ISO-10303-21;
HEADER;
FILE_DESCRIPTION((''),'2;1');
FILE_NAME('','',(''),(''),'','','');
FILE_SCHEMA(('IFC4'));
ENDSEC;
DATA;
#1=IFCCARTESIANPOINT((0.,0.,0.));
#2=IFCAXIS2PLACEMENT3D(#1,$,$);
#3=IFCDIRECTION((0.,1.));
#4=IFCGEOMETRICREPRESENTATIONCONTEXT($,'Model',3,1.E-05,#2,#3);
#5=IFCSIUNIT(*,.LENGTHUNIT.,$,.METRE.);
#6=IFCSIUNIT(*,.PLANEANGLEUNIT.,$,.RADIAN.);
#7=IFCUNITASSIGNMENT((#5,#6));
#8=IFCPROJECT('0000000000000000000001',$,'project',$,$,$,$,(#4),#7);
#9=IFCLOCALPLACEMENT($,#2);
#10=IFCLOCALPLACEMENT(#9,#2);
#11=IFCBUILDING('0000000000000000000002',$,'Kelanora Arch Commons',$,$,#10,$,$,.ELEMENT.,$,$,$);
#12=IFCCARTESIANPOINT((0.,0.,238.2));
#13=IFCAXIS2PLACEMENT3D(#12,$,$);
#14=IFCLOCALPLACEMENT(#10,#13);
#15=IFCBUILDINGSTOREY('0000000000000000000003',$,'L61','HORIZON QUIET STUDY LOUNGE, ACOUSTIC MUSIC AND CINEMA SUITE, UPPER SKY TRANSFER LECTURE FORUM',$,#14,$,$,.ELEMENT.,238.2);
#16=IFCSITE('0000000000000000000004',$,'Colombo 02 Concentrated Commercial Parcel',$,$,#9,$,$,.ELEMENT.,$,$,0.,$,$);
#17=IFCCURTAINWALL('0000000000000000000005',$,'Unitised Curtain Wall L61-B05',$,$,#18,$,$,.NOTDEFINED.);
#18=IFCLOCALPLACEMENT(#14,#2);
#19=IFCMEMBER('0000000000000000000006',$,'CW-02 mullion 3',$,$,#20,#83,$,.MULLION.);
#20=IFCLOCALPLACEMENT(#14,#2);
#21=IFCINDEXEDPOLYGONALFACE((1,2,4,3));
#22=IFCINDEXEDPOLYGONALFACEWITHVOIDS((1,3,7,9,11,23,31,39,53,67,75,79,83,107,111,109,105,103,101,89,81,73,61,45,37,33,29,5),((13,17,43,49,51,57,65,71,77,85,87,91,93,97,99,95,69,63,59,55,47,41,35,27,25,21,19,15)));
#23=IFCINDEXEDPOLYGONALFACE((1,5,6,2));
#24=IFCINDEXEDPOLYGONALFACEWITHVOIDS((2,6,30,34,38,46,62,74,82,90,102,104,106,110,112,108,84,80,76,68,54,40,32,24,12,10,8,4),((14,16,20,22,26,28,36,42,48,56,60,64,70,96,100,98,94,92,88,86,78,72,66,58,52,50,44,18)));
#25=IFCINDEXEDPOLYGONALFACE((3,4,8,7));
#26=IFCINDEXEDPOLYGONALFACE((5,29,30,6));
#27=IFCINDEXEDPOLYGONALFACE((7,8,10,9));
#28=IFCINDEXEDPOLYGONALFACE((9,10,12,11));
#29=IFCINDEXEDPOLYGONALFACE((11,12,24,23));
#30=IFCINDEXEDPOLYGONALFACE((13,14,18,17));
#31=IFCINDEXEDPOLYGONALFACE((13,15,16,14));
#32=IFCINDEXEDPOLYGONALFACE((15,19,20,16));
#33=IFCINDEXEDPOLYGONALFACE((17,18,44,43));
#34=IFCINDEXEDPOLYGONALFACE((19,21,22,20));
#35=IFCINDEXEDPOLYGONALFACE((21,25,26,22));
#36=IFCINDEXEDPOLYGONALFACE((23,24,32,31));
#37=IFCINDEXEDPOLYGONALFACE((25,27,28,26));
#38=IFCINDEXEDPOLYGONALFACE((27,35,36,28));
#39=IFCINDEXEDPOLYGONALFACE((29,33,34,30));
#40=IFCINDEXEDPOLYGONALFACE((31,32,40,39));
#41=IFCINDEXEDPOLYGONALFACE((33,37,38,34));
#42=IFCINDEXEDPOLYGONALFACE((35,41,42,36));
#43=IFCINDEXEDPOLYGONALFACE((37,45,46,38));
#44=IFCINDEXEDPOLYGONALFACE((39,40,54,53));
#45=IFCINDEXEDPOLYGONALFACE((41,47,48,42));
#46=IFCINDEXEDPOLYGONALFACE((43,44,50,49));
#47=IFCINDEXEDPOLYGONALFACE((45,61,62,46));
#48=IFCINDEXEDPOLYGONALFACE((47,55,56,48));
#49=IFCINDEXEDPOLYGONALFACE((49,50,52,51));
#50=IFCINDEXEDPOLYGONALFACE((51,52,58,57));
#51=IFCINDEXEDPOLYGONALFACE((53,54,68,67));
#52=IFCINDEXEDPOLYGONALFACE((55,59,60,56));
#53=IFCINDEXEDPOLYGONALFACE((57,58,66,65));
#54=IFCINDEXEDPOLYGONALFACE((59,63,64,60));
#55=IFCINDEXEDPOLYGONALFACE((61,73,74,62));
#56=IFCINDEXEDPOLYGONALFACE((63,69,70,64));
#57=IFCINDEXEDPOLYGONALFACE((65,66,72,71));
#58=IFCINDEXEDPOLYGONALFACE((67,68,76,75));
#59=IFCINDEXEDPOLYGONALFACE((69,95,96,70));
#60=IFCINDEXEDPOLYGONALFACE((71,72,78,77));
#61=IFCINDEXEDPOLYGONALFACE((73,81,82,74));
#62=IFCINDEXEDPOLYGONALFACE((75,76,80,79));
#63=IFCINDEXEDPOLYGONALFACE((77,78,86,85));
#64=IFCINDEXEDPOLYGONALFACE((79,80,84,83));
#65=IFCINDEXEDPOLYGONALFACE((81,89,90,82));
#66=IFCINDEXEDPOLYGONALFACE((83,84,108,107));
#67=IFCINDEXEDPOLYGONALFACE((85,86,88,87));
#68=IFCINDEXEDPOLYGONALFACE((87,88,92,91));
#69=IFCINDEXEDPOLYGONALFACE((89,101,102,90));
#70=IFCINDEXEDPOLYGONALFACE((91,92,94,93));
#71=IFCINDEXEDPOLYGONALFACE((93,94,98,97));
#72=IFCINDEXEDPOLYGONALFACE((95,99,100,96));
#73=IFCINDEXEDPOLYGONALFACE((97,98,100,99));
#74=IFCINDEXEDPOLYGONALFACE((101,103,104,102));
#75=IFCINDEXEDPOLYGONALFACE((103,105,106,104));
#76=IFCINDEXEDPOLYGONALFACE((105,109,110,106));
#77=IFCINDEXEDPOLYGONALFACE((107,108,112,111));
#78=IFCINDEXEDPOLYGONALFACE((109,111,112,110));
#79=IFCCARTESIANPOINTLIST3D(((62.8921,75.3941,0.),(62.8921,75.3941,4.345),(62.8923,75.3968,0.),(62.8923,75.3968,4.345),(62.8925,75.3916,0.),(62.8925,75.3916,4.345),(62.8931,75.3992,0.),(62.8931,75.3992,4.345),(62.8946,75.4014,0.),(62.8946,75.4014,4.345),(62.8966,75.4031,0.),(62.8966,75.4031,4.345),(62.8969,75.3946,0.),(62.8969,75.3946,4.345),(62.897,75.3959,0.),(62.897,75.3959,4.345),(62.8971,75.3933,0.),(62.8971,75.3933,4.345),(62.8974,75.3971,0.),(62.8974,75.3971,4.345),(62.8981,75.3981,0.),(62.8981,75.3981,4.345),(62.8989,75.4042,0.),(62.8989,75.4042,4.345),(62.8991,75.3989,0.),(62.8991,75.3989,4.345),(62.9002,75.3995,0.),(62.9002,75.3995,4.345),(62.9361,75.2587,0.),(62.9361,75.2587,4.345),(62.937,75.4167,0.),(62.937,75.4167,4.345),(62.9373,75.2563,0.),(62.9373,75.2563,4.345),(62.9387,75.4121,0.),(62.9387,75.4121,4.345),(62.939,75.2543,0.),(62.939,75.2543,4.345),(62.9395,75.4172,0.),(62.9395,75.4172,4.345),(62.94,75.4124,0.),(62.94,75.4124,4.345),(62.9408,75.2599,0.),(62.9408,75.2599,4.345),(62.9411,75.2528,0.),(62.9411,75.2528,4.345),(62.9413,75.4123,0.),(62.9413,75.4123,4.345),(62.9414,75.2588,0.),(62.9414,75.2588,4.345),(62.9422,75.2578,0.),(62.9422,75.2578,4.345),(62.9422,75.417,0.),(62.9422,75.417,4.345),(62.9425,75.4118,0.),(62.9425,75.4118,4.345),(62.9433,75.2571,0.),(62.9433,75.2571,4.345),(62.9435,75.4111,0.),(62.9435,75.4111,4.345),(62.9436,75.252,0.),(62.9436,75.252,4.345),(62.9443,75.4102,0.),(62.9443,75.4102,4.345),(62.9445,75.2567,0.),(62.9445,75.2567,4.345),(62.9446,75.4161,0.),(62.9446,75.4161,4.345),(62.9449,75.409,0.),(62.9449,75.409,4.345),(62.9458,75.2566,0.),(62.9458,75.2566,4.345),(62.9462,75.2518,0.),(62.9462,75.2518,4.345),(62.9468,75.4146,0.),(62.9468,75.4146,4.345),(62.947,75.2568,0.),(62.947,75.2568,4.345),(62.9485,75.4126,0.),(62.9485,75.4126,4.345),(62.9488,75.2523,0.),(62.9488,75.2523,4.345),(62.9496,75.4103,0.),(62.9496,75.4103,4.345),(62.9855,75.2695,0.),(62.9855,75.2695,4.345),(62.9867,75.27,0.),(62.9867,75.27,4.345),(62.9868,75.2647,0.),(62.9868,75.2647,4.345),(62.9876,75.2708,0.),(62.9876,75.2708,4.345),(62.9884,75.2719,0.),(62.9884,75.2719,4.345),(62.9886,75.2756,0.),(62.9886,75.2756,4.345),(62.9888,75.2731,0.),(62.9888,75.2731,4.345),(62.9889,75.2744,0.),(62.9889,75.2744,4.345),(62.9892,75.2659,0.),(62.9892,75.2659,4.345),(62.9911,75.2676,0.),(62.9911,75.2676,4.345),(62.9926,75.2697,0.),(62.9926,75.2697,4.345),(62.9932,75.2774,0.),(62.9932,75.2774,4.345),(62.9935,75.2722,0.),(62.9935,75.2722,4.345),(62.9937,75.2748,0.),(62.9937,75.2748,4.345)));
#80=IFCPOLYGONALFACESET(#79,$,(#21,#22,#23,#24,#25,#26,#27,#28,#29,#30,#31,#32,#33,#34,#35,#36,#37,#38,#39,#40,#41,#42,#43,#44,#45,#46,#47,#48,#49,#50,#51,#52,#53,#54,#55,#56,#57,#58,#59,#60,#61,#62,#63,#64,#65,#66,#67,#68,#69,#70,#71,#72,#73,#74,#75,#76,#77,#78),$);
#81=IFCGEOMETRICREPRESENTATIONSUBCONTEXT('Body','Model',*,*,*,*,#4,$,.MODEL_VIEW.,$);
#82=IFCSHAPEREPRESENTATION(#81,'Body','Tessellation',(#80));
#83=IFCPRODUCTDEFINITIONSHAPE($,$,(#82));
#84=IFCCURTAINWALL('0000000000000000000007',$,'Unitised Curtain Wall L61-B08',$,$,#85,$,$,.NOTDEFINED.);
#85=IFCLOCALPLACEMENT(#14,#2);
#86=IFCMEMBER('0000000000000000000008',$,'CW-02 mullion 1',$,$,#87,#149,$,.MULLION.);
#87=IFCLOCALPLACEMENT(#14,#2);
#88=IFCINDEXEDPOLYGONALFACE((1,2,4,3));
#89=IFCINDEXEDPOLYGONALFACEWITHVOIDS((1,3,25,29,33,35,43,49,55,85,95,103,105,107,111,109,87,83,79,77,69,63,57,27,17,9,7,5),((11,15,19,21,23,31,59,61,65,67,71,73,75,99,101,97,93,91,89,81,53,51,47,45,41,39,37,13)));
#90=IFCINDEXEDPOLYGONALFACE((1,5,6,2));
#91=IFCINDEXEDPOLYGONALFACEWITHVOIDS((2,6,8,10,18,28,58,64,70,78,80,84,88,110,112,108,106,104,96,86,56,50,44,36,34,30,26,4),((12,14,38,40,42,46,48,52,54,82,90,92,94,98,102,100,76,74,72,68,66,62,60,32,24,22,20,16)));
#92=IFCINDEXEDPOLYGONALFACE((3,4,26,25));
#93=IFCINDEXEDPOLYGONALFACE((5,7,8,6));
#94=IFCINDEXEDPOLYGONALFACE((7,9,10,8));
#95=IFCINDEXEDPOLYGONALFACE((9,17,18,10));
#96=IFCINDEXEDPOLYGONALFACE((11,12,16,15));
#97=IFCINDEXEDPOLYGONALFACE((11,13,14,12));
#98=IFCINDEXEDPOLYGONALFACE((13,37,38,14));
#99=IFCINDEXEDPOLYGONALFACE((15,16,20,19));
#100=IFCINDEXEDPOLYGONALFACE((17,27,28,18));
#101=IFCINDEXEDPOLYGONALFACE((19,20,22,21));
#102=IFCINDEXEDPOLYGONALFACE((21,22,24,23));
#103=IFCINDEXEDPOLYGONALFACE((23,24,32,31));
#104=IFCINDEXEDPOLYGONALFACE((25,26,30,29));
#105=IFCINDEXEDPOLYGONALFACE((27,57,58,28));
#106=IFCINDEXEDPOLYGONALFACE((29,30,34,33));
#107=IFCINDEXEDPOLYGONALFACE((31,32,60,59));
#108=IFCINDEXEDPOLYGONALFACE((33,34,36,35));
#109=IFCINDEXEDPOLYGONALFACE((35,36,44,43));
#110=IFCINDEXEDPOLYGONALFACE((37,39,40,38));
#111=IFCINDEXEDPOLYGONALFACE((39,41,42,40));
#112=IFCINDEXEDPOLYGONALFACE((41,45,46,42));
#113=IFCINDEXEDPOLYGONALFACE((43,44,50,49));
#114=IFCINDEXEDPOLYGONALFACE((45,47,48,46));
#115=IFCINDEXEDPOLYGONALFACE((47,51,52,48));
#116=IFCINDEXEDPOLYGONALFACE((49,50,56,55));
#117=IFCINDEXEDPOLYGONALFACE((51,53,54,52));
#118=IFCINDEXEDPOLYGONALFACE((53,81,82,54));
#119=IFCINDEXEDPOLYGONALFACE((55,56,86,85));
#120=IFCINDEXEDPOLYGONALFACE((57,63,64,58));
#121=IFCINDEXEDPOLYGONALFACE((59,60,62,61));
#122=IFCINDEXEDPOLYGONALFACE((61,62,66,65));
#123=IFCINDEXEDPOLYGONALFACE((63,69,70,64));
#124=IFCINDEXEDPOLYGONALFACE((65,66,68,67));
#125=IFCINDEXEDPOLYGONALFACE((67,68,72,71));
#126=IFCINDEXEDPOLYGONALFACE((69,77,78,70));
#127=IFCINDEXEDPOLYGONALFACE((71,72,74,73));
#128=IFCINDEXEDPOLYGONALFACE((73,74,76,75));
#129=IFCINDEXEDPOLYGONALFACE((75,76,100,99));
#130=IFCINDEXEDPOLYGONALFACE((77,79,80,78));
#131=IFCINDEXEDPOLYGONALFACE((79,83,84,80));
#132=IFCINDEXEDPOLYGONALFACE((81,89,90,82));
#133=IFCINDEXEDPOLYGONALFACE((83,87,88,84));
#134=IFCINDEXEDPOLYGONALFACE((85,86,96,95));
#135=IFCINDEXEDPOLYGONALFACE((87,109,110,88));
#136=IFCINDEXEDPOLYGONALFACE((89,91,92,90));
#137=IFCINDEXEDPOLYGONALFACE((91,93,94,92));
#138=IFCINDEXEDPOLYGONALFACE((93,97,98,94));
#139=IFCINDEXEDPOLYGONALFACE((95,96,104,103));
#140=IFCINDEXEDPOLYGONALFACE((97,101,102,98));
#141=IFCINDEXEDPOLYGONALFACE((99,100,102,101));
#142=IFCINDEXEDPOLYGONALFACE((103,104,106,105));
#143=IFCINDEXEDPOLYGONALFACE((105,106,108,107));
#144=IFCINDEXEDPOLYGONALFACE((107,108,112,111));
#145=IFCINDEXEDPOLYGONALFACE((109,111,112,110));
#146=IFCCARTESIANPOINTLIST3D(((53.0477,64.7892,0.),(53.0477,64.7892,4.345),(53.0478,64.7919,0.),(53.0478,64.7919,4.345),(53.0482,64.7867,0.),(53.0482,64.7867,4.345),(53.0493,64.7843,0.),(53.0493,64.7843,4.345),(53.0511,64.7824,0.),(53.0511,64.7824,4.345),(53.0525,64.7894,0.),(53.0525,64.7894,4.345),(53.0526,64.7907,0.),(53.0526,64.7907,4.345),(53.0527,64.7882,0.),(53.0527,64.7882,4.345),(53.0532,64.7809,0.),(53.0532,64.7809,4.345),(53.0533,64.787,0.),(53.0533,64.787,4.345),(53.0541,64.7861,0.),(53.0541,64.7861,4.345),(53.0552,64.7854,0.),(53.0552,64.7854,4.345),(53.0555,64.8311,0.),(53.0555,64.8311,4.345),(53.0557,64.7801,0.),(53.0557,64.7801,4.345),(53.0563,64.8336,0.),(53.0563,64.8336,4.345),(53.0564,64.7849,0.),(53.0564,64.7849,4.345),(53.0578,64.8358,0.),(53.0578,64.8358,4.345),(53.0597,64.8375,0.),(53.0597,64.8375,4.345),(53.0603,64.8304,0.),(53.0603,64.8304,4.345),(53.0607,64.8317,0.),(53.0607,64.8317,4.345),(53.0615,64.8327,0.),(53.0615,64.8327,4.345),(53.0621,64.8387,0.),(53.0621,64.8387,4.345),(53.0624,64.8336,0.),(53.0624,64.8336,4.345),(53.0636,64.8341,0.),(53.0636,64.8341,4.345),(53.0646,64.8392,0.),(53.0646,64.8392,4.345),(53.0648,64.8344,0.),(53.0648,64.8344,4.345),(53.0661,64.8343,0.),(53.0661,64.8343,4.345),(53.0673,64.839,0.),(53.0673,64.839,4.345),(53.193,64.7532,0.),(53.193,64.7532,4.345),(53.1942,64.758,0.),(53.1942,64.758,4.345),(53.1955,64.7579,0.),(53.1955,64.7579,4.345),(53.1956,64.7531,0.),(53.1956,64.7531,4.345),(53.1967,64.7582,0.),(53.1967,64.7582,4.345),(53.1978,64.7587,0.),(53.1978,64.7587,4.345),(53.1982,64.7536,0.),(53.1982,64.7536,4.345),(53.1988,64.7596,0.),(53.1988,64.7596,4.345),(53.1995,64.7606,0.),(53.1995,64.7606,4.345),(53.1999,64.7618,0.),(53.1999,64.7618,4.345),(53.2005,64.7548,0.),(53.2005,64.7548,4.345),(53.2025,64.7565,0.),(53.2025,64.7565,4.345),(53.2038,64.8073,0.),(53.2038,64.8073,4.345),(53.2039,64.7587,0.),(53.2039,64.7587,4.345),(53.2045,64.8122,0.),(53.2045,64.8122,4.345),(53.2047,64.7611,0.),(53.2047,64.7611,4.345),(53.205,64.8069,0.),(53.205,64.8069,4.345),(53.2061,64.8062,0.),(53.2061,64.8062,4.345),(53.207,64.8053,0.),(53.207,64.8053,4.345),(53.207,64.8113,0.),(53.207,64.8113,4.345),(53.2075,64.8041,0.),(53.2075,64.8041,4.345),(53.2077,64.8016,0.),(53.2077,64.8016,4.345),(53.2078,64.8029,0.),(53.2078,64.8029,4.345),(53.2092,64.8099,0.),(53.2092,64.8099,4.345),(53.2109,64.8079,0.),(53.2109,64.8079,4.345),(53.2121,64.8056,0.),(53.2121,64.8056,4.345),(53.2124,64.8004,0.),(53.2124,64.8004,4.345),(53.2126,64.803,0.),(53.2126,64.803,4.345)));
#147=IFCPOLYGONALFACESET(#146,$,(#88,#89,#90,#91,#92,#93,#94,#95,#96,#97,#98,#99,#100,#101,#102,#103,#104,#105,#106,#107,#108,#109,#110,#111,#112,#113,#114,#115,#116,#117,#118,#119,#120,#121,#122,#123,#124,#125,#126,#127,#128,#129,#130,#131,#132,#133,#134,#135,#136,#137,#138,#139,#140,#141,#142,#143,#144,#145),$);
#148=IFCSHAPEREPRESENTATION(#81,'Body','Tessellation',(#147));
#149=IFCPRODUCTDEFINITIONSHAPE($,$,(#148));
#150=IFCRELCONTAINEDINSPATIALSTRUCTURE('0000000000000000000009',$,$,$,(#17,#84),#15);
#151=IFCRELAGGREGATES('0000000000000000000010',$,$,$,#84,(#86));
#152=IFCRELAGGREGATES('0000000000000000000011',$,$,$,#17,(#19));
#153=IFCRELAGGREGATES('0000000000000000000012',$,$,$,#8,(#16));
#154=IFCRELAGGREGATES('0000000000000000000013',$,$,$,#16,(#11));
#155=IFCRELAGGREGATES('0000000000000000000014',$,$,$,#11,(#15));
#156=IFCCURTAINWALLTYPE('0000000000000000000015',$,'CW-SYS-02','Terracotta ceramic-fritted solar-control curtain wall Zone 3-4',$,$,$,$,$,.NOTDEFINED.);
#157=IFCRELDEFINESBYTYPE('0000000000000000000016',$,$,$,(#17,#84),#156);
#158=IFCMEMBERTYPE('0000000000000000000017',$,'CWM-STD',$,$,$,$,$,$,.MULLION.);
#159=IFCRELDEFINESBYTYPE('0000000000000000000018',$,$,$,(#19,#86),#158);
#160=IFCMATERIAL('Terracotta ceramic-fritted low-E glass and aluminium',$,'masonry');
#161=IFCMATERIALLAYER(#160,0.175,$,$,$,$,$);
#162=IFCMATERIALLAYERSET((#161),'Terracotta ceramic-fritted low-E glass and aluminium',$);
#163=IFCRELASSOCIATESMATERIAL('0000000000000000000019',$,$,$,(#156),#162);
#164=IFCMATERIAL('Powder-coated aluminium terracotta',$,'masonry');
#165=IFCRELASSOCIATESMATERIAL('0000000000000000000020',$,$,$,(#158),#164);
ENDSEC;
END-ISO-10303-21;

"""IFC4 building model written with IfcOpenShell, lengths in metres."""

from ifc_helpers import new_model, si_unit, direction, frame, origin, origin_2d, place, context, subcontext, project, spatial, hollow_rectangle, extrude, material, layer, layer_set, material_profile, profile_set, type_object, element, aggregate, save


model = new_model("IFC4")

# Units and contexts
model_context = context("Model", 3, precision=1e-05, world=origin(), true_north=direction((0.0, 1.0)))
body_context = subcontext(model_context, "Body", "Model", "MODEL_VIEW")
ifc_project = project(units=[si_unit("LENGTHUNIT", "METRE"), si_unit("PLANEANGLEUNIT", "RADIAN")], contexts=[model_context])

# Site, building, storey
site_placement = place(None, origin())
site = spatial("IfcSite", under=ifc_project, at=site_placement, Name="Colombo 02 Concentrated Commercial Parcel", CompositionType="ELEMENT", RefElevation=0.0)
building_placement = place(site_placement, origin())
building = spatial("IfcBuilding", under=site, at=building_placement, Name="Kelanora Arch Commons", CompositionType="ELEMENT")
storey_placement = place(building_placement, frame((0.0, 0.0, 238.2)))
storey = spatial("IfcBuildingStorey", under=building, at=storey_placement, Name="L61", Description="HORIZON QUIET STUDY LOUNGE, ACOUSTIC MUSIC AND CINEMA SUITE, UPPER SKY TRANSFER LECTURE FORUM", CompositionType="ELEMENT", Elevation=238.2)

# Curtain wall, member
ifc_material_1 = material(Name="Terracotta ceramic-fritted low-E glass and aluminium", Category="masonry")
ifc_layer_1 = layer(ifc_material_1, 0.175)
ifc_layer_set_1 = layer_set([ifc_layer_1], Name="Terracotta ceramic-fritted low-E glass and aluminium")
curtain_wall_type = type_object("IfcCurtainWallType", Name="CW-SYS-02", Description="Terracotta ceramic-fritted solar-control curtain wall Zone 3-4", PredefinedType="NOTDEFINED", material=ifc_layer_set_1)
curtain_wall_1_placement = place(storey_placement, origin())
curtain_wall_1 = element("IfcCurtainWall", 1, at=curtain_wall_1_placement, inside=storey, type_object=curtain_wall_type, Name="Unitised Curtain Wall L61-B05", PredefinedType="NOTDEFINED")
ifc_material_2 = material(Name="Powder-coated aluminium terracotta", Category="masonry")
ifc_material_profile_1 = material_profile(ifc_material_2, hollow_rectangle(XDim=0.1599, YDim=0.0601, WallThickness=0.0049, InnerFilletRadius=0.0049, OuterFilletRadius=0.01, at=origin_2d()), Name="CWM160x60")
ifc_profile_set_1 = profile_set([ifc_material_profile_1], Name="Powder-coated aluminium terracotta")
member_type_1 = type_object("IfcMemberType", Name="CWM-STD", PredefinedType="MULLION", material=ifc_profile_set_1)
member_1_placement = place(storey_placement, frame((62.9429, 75.3345, 0.0), z_axis=(0.0, 0.0, 1.0), x_axis=(0.311582, -0.950219, 0.0)))
member_1 = element("IfcMember", 2, at=member_1_placement, type_object=member_type_1, Name="CW-02 mullion 3", PredefinedType="MULLION", context=body_context, shape_type="SweptSolid", body=[
    extrude(hollow_rectangle(XDim=0.1599, YDim=0.0601, WallThickness=0.0049, InnerFilletRadius=0.0049, OuterFilletRadius=0.01, at=origin_2d()), origin(), (0.0, 0.0, 1.0), 4.345),
])

# Curtain wall, member
curtain_wall_2_placement = place(storey_placement, origin())
curtain_wall_2 = element("IfcCurtainWall", 3, at=curtain_wall_2_placement, inside=storey, type_object=curtain_wall_type, Name="Unitised Curtain Wall L61-B08", PredefinedType="NOTDEFINED")
member_2_placement = place(storey_placement, frame((53.1301, 64.7961, 0.0), z_axis=(0.0, 0.0, 1.0), x_axis=(0.981381, -0.192069, 0.0)))
member_2 = element("IfcMember", 4, at=member_2_placement, type_object=member_type_1, Name="CW-02 mullion 1", PredefinedType="MULLION", context=body_context, shape_type="SweptSolid", body=[
    extrude(hollow_rectangle(XDim=0.1599, YDim=0.0601, WallThickness=0.0049, InnerFilletRadius=0.0049, OuterFilletRadius=0.01, at=origin_2d()), origin(), (0.0, 0.0, 1.0), 4.345),
])
aggregate(curtain_wall_2, [member_2])

aggregate(curtain_wall_1, [member_1])

save(model, "model.ifc")
